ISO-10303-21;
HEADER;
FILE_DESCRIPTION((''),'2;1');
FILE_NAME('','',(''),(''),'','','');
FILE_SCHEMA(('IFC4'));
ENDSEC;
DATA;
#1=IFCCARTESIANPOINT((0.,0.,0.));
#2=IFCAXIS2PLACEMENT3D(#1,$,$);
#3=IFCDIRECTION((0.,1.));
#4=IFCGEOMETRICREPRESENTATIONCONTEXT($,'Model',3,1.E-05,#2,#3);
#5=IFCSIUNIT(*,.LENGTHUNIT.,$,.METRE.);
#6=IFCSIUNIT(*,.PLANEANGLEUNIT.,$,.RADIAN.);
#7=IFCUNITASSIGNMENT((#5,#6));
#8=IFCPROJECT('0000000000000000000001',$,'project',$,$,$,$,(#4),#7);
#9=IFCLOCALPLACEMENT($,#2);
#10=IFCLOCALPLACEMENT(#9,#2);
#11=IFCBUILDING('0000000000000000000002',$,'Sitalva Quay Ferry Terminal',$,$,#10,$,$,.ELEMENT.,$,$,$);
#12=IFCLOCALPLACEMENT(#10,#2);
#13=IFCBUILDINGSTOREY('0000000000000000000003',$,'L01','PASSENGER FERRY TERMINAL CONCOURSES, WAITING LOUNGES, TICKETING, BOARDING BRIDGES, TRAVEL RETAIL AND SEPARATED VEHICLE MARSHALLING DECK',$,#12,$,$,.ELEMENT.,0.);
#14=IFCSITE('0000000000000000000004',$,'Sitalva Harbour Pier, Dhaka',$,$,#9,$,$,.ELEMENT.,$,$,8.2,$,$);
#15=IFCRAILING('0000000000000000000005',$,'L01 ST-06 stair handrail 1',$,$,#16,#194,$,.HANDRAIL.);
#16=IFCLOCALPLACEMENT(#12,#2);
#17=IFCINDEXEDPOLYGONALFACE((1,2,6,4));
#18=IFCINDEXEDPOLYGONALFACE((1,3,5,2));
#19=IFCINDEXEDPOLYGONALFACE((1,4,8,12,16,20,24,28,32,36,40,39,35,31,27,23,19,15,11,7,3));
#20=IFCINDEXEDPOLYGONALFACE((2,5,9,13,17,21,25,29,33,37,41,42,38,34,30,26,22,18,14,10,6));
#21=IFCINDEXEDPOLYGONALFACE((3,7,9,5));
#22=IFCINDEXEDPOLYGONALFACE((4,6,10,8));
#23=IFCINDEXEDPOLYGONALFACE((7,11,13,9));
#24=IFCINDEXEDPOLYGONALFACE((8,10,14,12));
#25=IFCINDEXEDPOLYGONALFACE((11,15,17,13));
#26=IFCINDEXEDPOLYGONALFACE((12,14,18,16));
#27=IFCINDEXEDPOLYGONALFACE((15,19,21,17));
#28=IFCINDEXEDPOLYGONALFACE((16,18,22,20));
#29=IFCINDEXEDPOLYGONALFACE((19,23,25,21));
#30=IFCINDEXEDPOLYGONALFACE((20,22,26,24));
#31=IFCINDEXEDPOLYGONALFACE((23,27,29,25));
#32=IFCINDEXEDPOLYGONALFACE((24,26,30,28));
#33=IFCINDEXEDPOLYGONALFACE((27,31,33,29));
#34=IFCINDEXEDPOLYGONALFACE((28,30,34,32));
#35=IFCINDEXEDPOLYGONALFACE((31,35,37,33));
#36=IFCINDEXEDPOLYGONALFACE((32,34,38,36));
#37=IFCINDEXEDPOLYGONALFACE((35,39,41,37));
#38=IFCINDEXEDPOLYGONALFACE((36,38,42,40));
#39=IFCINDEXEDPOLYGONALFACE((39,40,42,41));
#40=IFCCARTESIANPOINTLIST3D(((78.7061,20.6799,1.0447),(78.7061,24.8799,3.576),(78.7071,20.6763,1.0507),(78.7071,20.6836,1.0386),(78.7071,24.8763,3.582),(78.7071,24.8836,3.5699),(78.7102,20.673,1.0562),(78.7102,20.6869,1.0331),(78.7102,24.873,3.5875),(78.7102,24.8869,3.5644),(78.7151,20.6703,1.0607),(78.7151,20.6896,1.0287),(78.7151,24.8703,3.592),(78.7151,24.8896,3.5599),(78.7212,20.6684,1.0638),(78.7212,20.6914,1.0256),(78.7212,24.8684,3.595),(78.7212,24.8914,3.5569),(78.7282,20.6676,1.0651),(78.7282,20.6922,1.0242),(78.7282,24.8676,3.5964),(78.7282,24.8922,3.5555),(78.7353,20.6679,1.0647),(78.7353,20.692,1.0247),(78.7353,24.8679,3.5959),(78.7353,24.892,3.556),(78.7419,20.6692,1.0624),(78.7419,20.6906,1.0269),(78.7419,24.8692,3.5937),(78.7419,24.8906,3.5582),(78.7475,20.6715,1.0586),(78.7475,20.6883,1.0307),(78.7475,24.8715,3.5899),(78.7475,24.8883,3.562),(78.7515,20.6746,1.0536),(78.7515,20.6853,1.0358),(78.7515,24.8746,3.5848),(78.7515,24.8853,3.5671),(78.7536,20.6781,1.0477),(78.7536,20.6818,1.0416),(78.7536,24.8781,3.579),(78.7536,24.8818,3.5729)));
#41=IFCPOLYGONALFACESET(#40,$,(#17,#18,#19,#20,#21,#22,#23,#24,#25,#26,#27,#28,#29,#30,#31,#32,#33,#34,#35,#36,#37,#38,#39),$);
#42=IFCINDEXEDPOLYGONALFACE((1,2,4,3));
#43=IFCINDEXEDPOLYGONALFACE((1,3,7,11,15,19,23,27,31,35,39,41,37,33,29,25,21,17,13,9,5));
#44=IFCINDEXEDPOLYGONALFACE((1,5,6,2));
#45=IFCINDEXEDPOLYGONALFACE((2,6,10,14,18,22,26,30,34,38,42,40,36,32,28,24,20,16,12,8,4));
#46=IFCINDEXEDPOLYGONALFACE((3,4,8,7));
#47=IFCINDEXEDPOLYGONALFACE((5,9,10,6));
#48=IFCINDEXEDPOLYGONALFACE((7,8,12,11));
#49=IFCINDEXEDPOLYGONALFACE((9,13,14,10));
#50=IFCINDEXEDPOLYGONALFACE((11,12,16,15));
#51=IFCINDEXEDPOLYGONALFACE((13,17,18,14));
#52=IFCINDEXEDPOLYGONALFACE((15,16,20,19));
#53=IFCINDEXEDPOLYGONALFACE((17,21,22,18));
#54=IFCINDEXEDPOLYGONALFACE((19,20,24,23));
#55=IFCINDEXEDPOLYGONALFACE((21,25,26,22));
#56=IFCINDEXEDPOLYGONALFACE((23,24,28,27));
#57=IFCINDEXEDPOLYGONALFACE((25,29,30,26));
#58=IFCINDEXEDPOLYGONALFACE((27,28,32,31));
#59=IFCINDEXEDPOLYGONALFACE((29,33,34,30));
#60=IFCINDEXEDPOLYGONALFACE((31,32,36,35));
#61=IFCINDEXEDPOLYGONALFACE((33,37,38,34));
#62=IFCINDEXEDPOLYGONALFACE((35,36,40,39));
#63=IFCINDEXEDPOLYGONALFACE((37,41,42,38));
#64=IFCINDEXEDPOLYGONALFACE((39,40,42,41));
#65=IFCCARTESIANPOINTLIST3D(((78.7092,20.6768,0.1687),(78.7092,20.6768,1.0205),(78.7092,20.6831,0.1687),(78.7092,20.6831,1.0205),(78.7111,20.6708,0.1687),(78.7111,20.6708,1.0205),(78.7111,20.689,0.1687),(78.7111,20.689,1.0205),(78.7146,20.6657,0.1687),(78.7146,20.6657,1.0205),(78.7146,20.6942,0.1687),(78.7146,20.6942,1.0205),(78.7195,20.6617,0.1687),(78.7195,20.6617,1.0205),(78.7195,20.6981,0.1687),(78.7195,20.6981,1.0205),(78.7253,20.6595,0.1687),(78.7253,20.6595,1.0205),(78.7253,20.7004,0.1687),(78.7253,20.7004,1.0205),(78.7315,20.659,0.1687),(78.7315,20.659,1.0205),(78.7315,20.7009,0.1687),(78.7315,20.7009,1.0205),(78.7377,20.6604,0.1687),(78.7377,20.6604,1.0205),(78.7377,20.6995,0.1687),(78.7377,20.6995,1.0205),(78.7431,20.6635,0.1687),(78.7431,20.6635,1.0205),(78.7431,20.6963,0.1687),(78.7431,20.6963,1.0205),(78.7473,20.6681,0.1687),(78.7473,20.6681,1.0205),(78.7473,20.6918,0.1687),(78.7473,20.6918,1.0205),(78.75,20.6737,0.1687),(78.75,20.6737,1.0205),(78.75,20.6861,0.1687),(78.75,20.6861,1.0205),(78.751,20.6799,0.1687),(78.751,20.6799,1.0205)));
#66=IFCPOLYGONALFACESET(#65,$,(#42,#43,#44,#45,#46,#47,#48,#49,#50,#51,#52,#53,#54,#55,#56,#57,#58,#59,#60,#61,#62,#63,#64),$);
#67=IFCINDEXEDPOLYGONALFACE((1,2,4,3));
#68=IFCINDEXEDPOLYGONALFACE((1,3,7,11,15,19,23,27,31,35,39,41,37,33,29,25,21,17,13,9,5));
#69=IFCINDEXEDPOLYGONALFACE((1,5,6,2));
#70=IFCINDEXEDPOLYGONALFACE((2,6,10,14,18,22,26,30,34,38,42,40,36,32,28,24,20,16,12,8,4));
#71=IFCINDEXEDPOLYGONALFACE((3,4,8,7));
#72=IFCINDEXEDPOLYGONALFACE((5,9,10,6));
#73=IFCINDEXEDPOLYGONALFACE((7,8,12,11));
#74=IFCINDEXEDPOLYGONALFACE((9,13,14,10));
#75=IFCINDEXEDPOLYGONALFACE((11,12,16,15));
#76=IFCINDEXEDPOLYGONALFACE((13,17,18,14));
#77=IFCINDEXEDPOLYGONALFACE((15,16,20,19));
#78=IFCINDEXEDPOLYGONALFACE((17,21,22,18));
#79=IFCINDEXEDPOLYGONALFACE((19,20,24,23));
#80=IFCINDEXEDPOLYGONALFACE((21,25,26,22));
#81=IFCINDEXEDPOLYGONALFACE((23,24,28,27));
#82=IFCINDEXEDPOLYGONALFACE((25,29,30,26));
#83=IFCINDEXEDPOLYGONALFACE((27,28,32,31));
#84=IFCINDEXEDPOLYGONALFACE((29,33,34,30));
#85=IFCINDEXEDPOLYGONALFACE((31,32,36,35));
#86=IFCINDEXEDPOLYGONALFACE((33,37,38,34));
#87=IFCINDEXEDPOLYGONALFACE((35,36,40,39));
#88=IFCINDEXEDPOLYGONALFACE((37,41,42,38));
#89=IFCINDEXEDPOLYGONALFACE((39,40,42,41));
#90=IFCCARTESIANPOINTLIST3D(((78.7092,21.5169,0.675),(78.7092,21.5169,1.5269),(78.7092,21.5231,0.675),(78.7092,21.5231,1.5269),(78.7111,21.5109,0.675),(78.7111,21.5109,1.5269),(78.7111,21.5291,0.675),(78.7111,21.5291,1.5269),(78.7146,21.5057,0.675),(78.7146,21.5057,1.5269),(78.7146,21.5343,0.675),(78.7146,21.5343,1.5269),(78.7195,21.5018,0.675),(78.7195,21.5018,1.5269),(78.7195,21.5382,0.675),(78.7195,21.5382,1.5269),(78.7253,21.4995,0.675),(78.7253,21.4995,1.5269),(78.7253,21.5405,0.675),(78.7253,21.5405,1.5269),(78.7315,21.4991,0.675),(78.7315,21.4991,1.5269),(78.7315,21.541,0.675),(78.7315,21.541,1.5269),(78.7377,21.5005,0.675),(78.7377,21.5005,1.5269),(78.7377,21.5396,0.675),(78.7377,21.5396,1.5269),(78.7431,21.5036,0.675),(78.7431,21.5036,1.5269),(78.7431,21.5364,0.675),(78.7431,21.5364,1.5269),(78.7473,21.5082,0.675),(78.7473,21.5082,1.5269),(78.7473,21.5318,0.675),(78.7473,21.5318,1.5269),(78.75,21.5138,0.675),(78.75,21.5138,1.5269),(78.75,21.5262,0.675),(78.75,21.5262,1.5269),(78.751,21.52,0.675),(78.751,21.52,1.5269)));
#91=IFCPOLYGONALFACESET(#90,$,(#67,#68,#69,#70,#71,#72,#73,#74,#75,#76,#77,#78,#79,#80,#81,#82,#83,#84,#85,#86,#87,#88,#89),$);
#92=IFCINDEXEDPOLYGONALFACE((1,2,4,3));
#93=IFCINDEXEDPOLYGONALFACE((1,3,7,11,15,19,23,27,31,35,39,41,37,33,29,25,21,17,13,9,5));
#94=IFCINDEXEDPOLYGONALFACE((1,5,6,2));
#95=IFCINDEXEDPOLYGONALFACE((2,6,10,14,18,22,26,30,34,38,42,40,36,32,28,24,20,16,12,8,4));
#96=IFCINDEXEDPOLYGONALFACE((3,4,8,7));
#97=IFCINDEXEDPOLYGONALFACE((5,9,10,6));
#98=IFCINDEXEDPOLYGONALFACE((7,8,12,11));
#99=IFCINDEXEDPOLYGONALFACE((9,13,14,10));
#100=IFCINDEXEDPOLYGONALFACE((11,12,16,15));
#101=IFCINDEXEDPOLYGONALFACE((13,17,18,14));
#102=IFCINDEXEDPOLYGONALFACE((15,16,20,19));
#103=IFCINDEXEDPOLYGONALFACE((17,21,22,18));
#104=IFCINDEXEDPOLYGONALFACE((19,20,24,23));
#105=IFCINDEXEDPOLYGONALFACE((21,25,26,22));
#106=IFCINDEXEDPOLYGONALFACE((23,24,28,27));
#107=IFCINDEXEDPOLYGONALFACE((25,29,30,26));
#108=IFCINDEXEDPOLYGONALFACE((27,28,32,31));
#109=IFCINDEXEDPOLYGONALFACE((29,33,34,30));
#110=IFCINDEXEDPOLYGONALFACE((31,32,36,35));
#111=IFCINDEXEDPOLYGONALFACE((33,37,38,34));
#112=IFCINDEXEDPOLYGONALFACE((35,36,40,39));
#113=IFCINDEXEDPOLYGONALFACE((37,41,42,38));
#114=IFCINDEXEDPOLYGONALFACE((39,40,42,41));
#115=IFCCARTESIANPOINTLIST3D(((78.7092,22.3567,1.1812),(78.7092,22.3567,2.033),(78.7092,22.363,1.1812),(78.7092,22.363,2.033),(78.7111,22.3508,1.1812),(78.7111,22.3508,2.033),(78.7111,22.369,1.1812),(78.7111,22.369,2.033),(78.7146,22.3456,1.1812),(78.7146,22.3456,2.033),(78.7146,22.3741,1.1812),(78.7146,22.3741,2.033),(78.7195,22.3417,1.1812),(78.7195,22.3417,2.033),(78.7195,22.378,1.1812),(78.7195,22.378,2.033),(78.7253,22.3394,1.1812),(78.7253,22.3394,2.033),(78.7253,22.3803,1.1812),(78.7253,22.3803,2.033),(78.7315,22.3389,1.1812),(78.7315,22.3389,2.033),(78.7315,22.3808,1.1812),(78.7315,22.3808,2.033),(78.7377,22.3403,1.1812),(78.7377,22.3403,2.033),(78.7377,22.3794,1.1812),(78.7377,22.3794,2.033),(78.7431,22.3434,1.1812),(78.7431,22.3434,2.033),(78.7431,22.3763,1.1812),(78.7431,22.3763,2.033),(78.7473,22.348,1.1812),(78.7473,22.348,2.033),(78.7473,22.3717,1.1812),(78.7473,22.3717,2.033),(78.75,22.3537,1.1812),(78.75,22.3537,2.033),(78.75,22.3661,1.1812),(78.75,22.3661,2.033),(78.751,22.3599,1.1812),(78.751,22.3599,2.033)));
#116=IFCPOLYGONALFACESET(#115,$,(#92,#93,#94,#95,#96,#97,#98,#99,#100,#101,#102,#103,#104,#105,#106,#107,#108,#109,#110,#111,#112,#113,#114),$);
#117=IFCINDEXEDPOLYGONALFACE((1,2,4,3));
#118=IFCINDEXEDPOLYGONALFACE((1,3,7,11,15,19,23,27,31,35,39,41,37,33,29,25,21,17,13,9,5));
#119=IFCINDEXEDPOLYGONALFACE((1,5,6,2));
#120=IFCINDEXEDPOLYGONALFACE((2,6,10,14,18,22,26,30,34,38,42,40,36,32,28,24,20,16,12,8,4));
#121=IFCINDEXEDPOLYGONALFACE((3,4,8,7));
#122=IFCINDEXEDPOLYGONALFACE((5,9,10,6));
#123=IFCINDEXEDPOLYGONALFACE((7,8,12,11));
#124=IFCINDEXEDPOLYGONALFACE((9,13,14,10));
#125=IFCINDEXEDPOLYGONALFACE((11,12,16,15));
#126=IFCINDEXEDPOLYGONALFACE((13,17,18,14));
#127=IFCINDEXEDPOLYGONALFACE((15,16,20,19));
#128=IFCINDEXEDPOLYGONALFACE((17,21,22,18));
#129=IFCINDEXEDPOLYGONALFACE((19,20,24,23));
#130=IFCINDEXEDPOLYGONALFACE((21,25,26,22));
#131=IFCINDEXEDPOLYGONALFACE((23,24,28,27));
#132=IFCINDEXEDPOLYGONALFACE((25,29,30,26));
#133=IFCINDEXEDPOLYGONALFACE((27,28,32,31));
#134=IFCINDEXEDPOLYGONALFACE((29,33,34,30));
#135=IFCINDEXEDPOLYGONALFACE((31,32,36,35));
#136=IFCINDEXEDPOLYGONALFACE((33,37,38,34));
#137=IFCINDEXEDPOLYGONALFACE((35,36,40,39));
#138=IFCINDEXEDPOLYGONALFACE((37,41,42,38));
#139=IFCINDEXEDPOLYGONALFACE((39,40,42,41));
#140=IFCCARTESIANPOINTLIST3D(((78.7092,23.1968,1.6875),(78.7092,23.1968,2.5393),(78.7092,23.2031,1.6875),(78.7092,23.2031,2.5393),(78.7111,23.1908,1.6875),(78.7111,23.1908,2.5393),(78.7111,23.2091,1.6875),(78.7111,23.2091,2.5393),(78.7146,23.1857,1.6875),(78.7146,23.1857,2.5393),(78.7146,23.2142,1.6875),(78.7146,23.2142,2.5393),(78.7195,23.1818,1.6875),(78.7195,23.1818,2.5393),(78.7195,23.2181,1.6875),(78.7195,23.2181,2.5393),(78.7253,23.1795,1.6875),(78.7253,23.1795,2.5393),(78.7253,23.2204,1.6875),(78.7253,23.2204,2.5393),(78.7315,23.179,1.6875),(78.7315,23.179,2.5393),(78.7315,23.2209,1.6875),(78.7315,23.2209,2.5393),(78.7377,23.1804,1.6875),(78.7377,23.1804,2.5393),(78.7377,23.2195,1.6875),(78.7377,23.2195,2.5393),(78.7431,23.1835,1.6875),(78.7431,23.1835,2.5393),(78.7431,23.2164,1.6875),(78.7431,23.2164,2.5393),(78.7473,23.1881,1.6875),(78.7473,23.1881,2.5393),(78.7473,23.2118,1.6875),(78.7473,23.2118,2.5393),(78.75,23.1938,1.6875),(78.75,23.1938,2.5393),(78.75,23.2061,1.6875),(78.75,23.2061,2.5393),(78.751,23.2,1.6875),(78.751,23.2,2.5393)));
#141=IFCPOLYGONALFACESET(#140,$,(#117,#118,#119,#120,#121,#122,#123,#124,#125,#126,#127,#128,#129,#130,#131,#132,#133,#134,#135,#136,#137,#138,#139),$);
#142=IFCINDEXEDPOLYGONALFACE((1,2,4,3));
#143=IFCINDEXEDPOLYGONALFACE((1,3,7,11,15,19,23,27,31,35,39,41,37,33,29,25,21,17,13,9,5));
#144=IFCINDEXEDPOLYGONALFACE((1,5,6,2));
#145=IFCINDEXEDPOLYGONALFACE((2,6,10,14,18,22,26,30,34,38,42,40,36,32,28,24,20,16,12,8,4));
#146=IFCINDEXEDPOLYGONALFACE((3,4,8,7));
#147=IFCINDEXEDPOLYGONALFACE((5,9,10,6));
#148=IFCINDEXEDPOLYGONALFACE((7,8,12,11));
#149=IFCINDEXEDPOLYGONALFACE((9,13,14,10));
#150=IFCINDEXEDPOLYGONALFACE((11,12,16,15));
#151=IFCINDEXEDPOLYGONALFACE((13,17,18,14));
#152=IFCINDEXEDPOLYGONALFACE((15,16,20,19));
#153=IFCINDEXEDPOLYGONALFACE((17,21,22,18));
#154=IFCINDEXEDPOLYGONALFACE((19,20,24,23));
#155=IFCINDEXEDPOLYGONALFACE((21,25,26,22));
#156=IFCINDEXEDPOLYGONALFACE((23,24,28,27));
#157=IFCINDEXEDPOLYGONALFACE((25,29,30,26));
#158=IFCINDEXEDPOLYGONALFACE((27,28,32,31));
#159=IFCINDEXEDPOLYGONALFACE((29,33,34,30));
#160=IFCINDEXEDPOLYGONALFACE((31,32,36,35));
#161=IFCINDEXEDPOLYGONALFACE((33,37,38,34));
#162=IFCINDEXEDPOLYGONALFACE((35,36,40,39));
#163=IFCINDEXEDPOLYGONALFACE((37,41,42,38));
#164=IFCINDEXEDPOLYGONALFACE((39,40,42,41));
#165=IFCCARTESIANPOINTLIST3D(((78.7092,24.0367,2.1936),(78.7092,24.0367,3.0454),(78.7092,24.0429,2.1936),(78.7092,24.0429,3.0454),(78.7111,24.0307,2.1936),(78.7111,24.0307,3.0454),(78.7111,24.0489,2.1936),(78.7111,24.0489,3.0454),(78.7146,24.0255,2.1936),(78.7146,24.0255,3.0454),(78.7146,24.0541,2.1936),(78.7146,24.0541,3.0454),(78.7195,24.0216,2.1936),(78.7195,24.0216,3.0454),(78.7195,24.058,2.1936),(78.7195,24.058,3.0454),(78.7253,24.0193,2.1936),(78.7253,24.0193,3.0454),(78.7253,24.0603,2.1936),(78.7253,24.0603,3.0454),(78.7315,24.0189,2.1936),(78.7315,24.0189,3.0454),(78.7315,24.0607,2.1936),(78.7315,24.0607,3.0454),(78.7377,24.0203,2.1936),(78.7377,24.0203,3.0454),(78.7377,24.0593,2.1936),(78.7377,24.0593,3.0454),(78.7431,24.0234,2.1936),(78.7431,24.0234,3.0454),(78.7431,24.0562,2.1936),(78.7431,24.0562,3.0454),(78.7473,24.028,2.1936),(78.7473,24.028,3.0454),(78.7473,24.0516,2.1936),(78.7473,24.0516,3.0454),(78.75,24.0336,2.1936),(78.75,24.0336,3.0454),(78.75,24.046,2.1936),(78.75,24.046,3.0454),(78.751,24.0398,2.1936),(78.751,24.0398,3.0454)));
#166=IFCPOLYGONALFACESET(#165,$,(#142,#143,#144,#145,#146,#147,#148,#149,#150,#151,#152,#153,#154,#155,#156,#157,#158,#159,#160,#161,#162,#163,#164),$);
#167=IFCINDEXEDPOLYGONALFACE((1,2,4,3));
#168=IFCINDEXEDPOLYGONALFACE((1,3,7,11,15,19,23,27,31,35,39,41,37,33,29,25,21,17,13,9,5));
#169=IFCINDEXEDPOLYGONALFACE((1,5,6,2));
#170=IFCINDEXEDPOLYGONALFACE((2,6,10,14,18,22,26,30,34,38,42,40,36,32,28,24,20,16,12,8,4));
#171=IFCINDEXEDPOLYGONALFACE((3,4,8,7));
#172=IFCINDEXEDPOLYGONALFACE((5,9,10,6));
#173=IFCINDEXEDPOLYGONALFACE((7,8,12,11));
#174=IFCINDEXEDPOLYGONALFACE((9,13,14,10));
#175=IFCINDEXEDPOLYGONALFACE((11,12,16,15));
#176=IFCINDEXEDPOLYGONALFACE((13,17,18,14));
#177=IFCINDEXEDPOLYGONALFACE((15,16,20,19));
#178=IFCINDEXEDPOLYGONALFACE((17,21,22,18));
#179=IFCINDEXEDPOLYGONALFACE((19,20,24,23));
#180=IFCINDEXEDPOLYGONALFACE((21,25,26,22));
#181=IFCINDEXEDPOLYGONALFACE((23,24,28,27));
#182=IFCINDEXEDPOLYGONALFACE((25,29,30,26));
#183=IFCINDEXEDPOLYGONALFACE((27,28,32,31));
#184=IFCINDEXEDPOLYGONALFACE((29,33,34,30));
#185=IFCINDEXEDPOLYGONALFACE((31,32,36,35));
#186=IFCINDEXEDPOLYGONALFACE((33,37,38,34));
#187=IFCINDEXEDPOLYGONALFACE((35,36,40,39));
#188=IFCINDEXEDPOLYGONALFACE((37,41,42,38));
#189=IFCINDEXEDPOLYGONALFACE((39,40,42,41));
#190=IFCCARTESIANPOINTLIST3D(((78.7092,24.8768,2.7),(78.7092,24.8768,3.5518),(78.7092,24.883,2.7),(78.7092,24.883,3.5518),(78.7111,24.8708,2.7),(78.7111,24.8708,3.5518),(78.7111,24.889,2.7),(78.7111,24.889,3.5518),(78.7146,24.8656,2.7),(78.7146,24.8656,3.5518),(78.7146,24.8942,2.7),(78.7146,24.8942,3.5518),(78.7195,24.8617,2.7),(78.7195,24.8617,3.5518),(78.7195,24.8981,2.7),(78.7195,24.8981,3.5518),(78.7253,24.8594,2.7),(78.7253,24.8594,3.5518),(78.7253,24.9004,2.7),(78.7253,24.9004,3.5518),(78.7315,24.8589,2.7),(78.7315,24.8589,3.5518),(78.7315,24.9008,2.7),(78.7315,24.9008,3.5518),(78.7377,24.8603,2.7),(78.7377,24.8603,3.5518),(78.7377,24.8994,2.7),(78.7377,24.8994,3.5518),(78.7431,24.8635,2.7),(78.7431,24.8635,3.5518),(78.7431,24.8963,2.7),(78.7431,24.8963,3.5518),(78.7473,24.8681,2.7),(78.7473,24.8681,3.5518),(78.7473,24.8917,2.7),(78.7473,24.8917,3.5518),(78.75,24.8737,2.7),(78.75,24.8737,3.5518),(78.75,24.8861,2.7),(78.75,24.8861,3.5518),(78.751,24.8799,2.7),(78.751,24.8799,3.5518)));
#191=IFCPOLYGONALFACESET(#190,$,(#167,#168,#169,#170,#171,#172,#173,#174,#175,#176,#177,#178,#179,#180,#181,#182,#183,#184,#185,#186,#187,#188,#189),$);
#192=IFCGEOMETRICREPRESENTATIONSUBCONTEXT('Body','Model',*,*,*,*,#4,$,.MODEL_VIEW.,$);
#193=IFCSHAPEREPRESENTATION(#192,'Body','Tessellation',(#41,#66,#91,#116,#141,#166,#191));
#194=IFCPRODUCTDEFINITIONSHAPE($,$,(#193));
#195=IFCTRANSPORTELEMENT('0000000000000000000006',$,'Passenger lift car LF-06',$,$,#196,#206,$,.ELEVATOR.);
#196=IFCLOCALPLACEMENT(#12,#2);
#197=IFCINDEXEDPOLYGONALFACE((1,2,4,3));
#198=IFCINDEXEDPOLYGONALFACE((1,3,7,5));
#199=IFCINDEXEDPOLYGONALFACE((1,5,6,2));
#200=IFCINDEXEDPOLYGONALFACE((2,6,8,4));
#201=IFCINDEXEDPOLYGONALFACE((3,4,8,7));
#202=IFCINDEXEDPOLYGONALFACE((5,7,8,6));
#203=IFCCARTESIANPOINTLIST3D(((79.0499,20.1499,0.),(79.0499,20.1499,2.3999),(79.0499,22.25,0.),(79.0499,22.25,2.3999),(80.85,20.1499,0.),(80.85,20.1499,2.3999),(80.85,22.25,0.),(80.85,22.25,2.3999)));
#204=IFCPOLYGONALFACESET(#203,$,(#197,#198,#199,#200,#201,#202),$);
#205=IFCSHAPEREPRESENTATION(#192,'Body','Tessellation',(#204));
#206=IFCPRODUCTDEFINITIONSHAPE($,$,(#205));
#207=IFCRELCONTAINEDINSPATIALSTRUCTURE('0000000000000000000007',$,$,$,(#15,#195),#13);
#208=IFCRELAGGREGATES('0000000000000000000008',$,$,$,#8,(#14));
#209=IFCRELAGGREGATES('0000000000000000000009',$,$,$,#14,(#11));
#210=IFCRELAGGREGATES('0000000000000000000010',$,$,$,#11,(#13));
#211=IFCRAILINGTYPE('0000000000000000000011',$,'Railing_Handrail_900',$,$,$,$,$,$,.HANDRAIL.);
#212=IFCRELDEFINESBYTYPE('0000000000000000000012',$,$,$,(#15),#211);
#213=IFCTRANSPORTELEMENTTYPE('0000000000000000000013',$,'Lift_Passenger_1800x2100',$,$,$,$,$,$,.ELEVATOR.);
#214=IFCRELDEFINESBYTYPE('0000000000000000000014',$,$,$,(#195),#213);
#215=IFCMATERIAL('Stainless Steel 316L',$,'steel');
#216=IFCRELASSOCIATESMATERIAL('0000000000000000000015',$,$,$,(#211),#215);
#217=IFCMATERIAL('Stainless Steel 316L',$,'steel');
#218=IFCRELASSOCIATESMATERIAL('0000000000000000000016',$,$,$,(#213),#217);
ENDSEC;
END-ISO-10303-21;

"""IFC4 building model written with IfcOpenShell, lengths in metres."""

from ifc_helpers import new_model, si_unit, direction, frame, origin, origin_2d, place, context, subcontext, project, spatial, rectangle, circle, extrude, material, type_object, element, save


model = new_model("IFC4")

# Units and contexts
model_context = context("Model", 3, precision=1e-05, world=origin(), true_north=direction((0.0, 1.0)))
body_context = subcontext(model_context, "Body", "Model", "MODEL_VIEW")
ifc_project = project(units=[si_unit("LENGTHUNIT", "METRE"), si_unit("PLANEANGLEUNIT", "RADIAN")], contexts=[model_context])

# Site, building, storey
site_placement = place(None, origin())
site = spatial("IfcSite", under=ifc_project, at=site_placement, Name="Sitalva Harbour Pier, Dhaka", CompositionType="ELEMENT", RefElevation=8.2)
building_placement = place(site_placement, origin())
building = spatial("IfcBuilding", under=site, at=building_placement, Name="Sitalva Quay Ferry Terminal", CompositionType="ELEMENT")
storey_placement = place(building_placement, origin())
storey = spatial("IfcBuildingStorey", under=building, at=storey_placement, Name="L01", Description="PASSENGER FERRY TERMINAL CONCOURSES, WAITING LOUNGES, TICKETING, BOARDING BRIDGES, TRAVEL RETAIL AND SEPARATED VEHICLE MARSHALLING DECK", CompositionType="ELEMENT", Elevation=0.0)

# Railing
ifc_material_1 = material(Name="Stainless Steel 316L", Category="steel")
railing_type = type_object("IfcRailingType", Name="Railing_Handrail_900", PredefinedType="HANDRAIL", material=ifc_material_1)
railing_placement = place(storey_placement, frame((78.73, 20.6799, 0.1687)))
element("IfcRailing", 1, at=railing_placement, inside=storey, type_object=railing_type, Name="L01 ST-06 stair handrail 1", PredefinedType="HANDRAIL", context=body_context, shape_type="SweptSolid", body=[
    extrude(circle(Radius=0.0239, at=origin_2d()), frame((0.0, 0.0, 0.876), z_axis=(0.0, 0.856476, 0.516186), x_axis=(-1.0, 0.0, 0.0)), (0.0, 0.0, 1.0), 4.9038),
    extrude(circle(Radius=0.021, at=origin_2d()), origin(), (0.0, 0.0, 1.0), 0.8518),
    extrude(circle(Radius=0.021, at=origin_2d()), frame((0.0, 0.8401, 0.5063)), (0.0, 0.0, 1.0), 0.8518),
    extrude(circle(Radius=0.021, at=origin_2d()), frame((0.0, 1.6799, 1.0125)), (0.0, 0.0, 1.0), 0.8518),
    extrude(circle(Radius=0.021, at=origin_2d()), frame((0.0, 2.52, 1.5188)), (0.0, 0.0, 1.0), 0.8518),
    extrude(circle(Radius=0.021, at=origin_2d()), frame((0.0, 3.3599, 2.0249)), (0.0, 0.0, 1.0), 0.8518),
    extrude(circle(Radius=0.021, at=origin_2d()), frame((0.0, 4.2, 2.5312)), (0.0, 0.0, 1.0), 0.8518),
])

# Transport element
ifc_material_2 = material(Name="Stainless Steel 316L", Category="steel")
transport_element_type = type_object("IfcTransportElementType", Name="Lift_Passenger_1800x2100", PredefinedType="ELEVATOR", material=ifc_material_2)
transport_element_placement = place(storey_placement, frame((79.95, 21.2, 0.0), z_axis=(0.0, 0.0, 1.0), x_axis=(1.0, 0.0, 0.0)))
element("IfcTransportElement", 2, at=transport_element_placement, inside=storey, type_object=transport_element_type, Name="Passenger lift car LF-06", PredefinedType="ELEVATOR", context=body_context, shape_type="SweptSolid", body=[
    extrude(rectangle(XDim=1.8, YDim=2.1001, at=origin_2d()), origin(), (0.0, 0.0, 1.0), 2.3999),
])

save(model, "model.ifc")
